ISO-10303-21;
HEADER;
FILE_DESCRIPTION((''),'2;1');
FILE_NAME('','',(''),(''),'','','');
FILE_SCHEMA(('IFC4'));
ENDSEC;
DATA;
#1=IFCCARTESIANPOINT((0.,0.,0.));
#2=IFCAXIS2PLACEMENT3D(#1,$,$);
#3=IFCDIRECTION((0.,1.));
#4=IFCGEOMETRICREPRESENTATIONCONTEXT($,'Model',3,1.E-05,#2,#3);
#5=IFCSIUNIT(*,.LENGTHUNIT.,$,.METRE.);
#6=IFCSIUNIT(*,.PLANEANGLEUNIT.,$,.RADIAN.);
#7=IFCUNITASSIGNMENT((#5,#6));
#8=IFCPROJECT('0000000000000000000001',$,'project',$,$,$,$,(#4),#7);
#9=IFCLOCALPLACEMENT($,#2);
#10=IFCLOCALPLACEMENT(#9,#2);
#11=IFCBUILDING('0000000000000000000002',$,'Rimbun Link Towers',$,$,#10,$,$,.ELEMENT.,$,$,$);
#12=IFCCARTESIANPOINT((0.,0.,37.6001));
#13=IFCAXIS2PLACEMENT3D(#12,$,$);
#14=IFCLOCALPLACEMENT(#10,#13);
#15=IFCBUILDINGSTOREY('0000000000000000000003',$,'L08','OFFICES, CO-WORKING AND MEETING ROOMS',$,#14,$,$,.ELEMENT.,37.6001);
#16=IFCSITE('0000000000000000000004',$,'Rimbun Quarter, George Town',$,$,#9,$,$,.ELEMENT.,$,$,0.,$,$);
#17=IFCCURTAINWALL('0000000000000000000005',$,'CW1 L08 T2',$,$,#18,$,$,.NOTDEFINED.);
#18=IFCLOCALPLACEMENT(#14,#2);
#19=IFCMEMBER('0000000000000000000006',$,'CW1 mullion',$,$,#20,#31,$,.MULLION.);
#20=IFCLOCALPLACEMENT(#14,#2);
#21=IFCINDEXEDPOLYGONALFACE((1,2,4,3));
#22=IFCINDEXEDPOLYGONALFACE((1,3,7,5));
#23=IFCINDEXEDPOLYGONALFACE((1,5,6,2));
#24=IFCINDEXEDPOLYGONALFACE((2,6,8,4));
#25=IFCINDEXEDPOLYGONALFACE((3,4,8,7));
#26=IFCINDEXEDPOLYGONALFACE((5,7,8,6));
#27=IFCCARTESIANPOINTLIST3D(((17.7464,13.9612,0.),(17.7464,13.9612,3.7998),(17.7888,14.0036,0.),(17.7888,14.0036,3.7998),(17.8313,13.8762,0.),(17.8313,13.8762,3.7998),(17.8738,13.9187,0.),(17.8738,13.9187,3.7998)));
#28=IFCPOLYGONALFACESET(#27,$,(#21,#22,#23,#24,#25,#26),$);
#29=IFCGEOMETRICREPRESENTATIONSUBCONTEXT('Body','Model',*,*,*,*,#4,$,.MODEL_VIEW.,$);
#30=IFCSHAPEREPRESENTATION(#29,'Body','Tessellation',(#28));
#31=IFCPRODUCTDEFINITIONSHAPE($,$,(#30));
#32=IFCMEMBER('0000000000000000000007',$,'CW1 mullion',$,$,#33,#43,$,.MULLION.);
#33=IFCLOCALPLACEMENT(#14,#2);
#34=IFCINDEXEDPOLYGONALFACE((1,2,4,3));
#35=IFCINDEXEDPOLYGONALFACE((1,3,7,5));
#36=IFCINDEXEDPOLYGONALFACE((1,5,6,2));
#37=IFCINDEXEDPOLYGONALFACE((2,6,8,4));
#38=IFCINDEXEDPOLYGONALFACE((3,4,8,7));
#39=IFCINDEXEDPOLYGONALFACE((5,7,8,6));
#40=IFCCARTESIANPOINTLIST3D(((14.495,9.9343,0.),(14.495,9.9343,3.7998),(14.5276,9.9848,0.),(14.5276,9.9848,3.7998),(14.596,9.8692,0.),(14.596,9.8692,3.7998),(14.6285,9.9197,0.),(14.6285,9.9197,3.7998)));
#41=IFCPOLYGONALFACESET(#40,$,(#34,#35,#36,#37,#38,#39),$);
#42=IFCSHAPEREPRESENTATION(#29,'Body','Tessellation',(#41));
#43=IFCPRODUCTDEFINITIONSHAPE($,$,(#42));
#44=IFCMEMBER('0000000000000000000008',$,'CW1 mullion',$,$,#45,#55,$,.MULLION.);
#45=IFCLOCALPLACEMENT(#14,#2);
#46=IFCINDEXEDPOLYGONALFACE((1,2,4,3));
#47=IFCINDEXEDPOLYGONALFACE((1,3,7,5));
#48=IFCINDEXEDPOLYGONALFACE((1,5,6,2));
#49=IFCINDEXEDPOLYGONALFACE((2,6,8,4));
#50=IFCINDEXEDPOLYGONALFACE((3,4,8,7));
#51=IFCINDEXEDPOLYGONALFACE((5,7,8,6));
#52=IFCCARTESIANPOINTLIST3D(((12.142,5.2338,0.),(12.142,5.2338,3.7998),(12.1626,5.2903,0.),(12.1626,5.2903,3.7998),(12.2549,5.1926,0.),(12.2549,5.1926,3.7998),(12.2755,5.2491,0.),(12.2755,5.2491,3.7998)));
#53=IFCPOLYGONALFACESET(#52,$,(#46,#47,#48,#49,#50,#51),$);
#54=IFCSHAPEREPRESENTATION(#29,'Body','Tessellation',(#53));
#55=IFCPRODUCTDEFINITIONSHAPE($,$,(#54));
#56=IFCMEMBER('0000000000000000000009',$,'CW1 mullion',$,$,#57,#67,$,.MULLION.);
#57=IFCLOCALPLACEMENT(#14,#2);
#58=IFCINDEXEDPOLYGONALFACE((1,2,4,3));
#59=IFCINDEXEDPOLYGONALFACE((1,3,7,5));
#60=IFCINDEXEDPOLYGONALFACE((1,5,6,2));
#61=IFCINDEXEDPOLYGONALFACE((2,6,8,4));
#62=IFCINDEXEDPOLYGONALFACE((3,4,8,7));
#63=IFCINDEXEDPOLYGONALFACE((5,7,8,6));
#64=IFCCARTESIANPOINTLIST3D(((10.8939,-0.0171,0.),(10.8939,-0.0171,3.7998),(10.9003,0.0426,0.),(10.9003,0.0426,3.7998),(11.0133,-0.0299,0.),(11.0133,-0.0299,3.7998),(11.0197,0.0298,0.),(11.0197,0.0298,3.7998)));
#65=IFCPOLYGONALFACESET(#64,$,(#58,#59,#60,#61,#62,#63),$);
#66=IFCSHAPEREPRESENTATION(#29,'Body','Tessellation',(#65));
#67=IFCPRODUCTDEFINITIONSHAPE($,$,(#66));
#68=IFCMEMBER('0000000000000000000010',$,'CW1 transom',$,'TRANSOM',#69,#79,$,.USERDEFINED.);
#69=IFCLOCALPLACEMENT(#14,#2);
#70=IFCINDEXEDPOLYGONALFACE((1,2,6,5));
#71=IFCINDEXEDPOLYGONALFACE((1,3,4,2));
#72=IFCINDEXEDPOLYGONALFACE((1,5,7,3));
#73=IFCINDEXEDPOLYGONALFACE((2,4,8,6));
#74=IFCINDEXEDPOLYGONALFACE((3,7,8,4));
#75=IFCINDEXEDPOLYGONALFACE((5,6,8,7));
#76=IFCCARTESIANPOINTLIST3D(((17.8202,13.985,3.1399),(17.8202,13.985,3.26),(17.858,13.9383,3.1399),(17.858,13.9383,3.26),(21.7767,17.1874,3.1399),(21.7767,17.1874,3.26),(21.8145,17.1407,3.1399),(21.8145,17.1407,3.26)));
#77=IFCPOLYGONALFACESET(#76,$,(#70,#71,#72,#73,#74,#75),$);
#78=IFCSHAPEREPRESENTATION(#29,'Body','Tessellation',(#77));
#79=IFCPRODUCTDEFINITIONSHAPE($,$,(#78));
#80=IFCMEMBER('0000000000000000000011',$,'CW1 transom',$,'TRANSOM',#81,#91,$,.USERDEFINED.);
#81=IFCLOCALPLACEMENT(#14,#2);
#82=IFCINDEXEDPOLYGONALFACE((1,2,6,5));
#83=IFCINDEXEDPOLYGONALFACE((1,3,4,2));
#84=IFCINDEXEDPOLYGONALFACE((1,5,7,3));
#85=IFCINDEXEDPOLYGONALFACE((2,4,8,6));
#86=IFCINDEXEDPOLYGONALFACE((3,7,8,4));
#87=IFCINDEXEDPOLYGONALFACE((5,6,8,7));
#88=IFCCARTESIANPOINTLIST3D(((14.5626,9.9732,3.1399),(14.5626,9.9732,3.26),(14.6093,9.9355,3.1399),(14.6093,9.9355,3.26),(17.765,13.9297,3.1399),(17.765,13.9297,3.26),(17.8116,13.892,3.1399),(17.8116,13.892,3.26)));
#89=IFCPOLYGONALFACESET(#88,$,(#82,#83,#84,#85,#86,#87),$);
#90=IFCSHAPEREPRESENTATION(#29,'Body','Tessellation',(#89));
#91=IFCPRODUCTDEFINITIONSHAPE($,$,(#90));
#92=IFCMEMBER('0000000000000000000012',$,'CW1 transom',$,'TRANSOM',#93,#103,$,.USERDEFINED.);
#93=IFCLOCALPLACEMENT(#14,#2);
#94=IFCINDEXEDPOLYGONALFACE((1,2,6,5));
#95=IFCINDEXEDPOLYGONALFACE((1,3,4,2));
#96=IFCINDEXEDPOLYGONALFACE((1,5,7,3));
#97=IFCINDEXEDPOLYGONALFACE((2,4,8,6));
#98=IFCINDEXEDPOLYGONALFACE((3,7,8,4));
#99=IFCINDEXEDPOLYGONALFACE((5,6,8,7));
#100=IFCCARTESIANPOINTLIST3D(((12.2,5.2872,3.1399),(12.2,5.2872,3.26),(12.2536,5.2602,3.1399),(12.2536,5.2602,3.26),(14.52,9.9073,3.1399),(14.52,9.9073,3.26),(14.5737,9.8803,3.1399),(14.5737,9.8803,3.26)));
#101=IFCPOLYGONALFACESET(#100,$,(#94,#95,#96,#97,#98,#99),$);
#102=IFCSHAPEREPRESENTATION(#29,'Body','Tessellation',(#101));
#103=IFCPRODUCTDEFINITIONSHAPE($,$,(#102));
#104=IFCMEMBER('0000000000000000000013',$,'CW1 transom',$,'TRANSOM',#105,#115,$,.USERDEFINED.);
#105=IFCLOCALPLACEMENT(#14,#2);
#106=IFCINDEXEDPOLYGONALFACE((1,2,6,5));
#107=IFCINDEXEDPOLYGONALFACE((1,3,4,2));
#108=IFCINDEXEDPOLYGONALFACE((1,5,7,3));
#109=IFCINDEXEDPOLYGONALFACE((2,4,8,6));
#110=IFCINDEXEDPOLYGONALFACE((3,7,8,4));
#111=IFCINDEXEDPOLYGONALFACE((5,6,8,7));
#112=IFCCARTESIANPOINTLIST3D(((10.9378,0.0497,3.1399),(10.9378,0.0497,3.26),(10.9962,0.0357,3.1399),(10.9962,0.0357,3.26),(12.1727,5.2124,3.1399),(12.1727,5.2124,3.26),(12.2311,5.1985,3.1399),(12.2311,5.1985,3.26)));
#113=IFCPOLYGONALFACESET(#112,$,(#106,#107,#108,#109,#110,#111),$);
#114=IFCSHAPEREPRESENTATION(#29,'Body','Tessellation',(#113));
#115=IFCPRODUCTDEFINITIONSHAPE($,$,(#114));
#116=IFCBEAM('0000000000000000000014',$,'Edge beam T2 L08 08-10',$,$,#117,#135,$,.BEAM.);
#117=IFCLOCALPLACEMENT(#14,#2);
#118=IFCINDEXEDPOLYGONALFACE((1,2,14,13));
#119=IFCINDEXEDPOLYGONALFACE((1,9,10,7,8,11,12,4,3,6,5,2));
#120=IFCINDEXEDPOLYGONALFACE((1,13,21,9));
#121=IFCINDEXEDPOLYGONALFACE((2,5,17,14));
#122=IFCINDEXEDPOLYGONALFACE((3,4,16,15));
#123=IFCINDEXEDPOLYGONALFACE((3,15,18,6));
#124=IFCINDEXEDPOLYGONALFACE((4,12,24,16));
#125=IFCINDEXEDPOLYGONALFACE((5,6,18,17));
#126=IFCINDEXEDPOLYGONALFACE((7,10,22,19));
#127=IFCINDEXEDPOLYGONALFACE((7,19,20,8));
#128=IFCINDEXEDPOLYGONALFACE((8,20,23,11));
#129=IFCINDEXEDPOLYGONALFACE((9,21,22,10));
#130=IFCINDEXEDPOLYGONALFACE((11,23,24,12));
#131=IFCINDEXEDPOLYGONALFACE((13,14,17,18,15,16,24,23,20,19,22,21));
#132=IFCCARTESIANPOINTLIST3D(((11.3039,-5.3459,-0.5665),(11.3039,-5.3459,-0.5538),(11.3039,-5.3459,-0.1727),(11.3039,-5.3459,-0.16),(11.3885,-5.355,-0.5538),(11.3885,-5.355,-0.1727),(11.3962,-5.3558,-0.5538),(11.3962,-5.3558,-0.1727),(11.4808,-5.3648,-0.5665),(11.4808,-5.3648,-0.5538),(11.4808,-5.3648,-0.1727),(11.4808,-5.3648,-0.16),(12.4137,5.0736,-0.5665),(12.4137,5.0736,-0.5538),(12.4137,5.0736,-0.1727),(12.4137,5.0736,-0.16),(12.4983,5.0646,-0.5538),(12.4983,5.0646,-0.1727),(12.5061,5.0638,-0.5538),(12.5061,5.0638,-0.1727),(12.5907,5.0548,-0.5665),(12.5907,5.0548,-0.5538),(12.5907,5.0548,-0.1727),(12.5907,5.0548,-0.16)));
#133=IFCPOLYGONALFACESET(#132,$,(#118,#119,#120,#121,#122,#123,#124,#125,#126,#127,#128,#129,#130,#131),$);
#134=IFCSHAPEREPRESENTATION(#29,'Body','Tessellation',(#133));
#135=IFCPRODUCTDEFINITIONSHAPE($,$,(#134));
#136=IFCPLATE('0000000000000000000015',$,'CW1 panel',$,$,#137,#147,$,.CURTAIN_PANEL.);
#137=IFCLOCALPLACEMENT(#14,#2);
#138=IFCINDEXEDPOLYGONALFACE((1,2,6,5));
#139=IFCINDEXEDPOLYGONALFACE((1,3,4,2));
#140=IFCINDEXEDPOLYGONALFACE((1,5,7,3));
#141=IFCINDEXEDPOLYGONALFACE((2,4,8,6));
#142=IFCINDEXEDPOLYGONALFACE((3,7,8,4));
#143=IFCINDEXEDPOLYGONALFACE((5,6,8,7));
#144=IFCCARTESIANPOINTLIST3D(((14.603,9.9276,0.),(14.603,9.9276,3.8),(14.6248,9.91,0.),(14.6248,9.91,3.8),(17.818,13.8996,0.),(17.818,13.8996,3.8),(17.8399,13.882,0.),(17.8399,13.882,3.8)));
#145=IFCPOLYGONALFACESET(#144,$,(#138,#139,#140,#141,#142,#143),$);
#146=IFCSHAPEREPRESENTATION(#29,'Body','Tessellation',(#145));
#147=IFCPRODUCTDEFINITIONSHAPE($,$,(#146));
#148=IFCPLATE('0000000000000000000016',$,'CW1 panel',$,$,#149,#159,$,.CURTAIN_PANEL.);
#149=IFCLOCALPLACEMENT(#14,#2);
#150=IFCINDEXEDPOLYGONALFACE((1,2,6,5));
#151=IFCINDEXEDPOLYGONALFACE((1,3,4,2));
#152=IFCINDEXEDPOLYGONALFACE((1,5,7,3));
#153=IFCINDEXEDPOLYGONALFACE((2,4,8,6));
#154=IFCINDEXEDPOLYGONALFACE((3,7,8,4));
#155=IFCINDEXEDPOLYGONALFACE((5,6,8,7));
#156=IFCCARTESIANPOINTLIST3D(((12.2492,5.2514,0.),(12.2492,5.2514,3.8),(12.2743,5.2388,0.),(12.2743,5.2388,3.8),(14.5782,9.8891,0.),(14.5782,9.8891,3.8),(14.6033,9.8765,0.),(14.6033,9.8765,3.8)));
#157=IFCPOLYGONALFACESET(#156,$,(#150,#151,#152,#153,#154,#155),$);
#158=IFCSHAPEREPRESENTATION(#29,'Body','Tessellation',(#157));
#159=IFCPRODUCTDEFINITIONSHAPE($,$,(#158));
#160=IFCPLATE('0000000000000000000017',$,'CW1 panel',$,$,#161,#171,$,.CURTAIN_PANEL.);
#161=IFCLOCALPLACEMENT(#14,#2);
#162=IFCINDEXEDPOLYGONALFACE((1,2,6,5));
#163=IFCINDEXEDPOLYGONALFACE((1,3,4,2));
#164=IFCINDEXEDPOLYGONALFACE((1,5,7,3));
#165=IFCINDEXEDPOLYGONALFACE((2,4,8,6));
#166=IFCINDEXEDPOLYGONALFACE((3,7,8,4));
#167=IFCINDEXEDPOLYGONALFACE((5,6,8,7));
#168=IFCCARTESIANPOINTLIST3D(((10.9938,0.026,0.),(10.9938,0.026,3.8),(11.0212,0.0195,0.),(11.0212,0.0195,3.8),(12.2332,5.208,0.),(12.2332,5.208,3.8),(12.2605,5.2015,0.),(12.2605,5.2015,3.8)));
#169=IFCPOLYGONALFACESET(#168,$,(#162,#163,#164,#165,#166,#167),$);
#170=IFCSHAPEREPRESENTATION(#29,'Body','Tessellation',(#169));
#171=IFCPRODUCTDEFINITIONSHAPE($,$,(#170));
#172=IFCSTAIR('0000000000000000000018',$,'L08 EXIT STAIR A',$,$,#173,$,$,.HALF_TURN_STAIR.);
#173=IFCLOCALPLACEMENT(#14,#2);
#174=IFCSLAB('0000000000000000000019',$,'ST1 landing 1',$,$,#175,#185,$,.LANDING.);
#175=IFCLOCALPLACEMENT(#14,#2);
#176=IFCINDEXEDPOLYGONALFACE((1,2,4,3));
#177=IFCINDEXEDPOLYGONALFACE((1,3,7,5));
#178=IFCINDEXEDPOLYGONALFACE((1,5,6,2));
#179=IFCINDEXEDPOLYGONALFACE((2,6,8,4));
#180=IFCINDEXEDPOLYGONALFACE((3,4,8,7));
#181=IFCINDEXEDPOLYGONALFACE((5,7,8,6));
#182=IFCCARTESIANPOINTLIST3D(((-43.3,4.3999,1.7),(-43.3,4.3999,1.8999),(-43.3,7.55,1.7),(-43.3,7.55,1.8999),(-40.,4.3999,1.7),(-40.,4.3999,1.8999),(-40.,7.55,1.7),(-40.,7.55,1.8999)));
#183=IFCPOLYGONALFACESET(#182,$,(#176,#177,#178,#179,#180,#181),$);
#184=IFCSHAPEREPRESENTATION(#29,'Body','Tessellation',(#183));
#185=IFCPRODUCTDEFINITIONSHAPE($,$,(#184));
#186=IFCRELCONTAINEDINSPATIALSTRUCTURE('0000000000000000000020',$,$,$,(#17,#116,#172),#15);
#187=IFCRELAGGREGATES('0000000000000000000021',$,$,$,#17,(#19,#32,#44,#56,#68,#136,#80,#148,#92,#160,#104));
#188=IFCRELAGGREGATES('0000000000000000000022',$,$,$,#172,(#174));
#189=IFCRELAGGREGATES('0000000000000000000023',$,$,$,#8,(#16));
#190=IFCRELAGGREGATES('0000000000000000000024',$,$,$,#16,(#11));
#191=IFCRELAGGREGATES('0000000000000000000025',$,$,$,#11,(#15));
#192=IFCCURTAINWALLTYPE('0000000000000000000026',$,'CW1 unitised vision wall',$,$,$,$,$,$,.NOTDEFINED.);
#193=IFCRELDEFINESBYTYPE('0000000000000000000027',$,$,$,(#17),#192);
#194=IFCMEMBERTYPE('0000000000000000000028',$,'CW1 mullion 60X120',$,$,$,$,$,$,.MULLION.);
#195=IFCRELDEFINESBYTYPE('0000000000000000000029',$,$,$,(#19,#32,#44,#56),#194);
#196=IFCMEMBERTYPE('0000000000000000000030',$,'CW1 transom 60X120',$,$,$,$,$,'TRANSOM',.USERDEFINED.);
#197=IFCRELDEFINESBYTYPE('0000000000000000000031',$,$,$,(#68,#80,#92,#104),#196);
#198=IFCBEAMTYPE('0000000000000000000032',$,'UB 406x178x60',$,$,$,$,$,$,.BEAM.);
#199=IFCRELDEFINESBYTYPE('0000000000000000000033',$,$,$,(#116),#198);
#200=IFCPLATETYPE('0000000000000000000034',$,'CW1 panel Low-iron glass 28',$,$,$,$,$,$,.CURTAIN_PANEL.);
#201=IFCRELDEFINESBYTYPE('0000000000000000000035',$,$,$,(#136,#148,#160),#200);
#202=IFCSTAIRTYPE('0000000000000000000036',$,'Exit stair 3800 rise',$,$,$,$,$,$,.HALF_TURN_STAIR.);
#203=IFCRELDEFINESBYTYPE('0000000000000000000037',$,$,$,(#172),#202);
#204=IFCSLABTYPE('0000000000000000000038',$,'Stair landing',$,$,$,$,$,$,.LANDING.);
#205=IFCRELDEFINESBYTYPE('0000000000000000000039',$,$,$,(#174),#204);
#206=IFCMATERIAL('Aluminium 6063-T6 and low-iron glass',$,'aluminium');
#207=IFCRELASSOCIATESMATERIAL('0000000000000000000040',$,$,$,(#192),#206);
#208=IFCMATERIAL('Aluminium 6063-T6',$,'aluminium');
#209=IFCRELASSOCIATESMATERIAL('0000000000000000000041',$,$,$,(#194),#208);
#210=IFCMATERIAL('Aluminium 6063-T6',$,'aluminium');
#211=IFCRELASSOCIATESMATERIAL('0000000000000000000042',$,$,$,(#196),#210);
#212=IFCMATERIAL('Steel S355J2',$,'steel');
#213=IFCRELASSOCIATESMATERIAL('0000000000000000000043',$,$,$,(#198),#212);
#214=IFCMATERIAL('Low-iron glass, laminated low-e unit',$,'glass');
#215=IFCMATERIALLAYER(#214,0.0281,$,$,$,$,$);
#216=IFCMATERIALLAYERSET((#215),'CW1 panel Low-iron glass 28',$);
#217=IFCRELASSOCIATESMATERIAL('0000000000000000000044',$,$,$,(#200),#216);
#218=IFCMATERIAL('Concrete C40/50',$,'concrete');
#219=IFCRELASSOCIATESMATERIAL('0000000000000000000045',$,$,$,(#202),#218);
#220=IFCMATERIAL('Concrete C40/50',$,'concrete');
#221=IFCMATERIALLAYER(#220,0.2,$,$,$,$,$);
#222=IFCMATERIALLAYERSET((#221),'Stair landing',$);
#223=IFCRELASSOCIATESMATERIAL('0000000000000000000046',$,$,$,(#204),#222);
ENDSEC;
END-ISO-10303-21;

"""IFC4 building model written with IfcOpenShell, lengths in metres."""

from ifc_helpers import new_model, si_unit, direction, frame, origin, origin_2d, place, context, subcontext, project, spatial, polyline, rectangle, i_section, outline, extrude, material, layer, layer_set, material_profile, profile_set, type_object, element, aggregate, save


model = new_model("IFC4")

# Units and contexts
model_context = context("Model", 3, precision=1e-05, world=origin(), true_north=direction((0.0, 1.0)))
body_context = subcontext(model_context, "Body", "Model", "MODEL_VIEW")
ifc_project = project(units=[si_unit("LENGTHUNIT", "METRE"), si_unit("PLANEANGLEUNIT", "RADIAN")], contexts=[model_context])

# Site, building, storey
site_placement = place(None, origin())
site = spatial("IfcSite", under=ifc_project, at=site_placement, Name="Rimbun Quarter, George Town", CompositionType="ELEMENT", RefElevation=0.0)
building_placement = place(site_placement, origin())
building = spatial("IfcBuilding", under=site, at=building_placement, Name="Rimbun Link Towers", CompositionType="ELEMENT")
storey_placement = place(building_placement, frame((0.0, 0.0, 37.6001)))
storey = spatial("IfcBuildingStorey", under=building, at=storey_placement, Name="L08", Description="OFFICES, CO-WORKING AND MEETING ROOMS", CompositionType="ELEMENT", Elevation=37.6001)

# Curtain wall, members
ifc_material_1 = material(Name="Aluminium 6063-T6 and low-iron glass", Category="aluminium")
curtain_wall_type = type_object("IfcCurtainWallType", Name="CW1 unitised vision wall", PredefinedType="NOTDEFINED", material=ifc_material_1)
curtain_wall_placement = place(storey_placement, origin())
curtain_wall = element("IfcCurtainWall", 1, at=curtain_wall_placement, inside=storey, type_object=curtain_wall_type, Name="CW1 L08 T2", PredefinedType="NOTDEFINED")
ifc_material_2 = material(Name="Aluminium 6063-T6", Category="aluminium")
ifc_material_profile_1 = material_profile(ifc_material_2, rectangle(XDim=0.1201, YDim=0.0601, at=origin_2d()), Name="MULLION 60X120")
ifc_profile_set_1 = profile_set([ifc_material_profile_1], Name="Aluminium 6063-T6")
member_type_1 = type_object("IfcMemberType", Name="CW1 mullion 60X120", PredefinedType="MULLION", material=ifc_profile_set_1)
member_1_placement = place(storey_placement, frame((17.8101, 13.9399, 0.0), z_axis=(0.0, 0.0, 1.0), x_axis=(-0.707107, 0.707107, 0.0)))
member_1 = element("IfcMember", 2, at=member_1_placement, type_object=member_type_1, Name="CW1 mullion", PredefinedType="MULLION", context=body_context, shape_type="SweptSolid", body=[
    extrude(rectangle(XDim=0.1201, YDim=0.0601, at=origin_2d()), origin(), (0.0, 0.0, 1.0), 3.7998),
])
member_2_placement = place(storey_placement, frame((14.5618, 9.927, 0.0), z_axis=(0.0, 0.0, 1.0), x_axis=(-0.840318, 0.542093, 0.0)))
member_2 = element("IfcMember", 3, at=member_2_placement, type_object=member_type_1, Name="CW1 mullion", PredefinedType="MULLION", context=body_context, shape_type="SweptSolid", body=[
    extrude(rectangle(XDim=0.1201, YDim=0.0601, at=origin_2d()), origin(), (0.0, 0.0, 1.0), 3.7998),
])
member_3_placement = place(storey_placement, frame((12.2087, 5.2415, 0.0), z_axis=(0.0, 0.0, 1.0), x_axis=(-0.939346, 0.342971, 0.0)))
member_3 = element("IfcMember", 4, at=member_3_placement, type_object=member_type_1, Name="CW1 mullion", PredefinedType="MULLION", context=body_context, shape_type="SweptSolid", body=[
    extrude(rectangle(XDim=0.1201, YDim=0.0601, at=origin_2d()), origin(), (0.0, 0.0, 1.0), 3.7998),
])
member_4_placement = place(storey_placement, frame((10.9568, 0.0063, 0.0), z_axis=(0.0, 0.0, 1.0), x_axis=(-0.994297, 0.106645, 0.0)))
member_4 = element("IfcMember", 5, at=member_4_placement, type_object=member_type_1, Name="CW1 mullion", PredefinedType="MULLION", context=body_context, shape_type="SweptSolid", body=[
    extrude(rectangle(XDim=0.1201, YDim=0.0601, at=origin_2d()), origin(), (0.0, 0.0, 1.0), 3.7998),
])
ifc_material_3 = material(Name="Aluminium 6063-T6", Category="aluminium")
ifc_material_profile_2 = material_profile(ifc_material_3, rectangle(XDim=0.0601, YDim=0.1201, at=origin_2d()), Name="TRANSOM 60X120")
ifc_profile_set_2 = profile_set([ifc_material_profile_2], Name="Aluminium 6063-T6")
member_type_2 = type_object("IfcMemberType", Name="CW1 transom 60X120", ElementType="TRANSOM", PredefinedType="USERDEFINED", material=ifc_profile_set_2)
member_5_placement = place(storey_placement, frame((17.8391, 13.9617, 3.2), z_axis=(0.777295, 0.629136, 0.0), x_axis=(-0.629136, 0.777295, 0.0)))
member_5 = element("IfcMember", 6, at=member_5_placement, type_object=member_type_2, Name="CW1 transom", ObjectType="TRANSOM", PredefinedType="USERDEFINED", context=body_context, shape_type="SweptSolid", body=[
    extrude(rectangle(XDim=0.0601, YDim=0.1201, at=origin_2d()), origin(), (0.0, 0.0, 1.0), 5.0901),
])
member_6_placement = place(storey_placement, frame((14.5859, 9.9543, 3.2), z_axis=(0.629136, 0.777295, 0.0), x_axis=(-0.777295, 0.629136, 0.0)))
member_6 = element("IfcMember", 7, at=member_6_placement, type_object=member_type_2, Name="CW1 transom", ObjectType="TRANSOM", PredefinedType="USERDEFINED", context=body_context, shape_type="SweptSolid", body=[
    extrude(rectangle(XDim=0.0601, YDim=0.1201, at=origin_2d()), origin(), (0.0, 0.0, 1.0), 5.0901),
])
member_7_placement = place(storey_placement, frame((12.2268, 5.2737, 3.2), z_axis=(0.448762, 0.893651, 0.0), x_axis=(-0.893651, 0.448762, 0.0)))
member_7 = element("IfcMember", 8, at=member_7_placement, type_object=member_type_2, Name="CW1 transom", ObjectType="TRANSOM", PredefinedType="USERDEFINED", context=body_context, shape_type="SweptSolid", body=[
    extrude(rectangle(XDim=0.0601, YDim=0.1201, at=origin_2d()), origin(), (0.0, 0.0, 1.0), 5.1699),
])
member_8_placement = place(storey_placement, frame((10.967, 0.0427, 3.2), z_axis=(0.232632, 0.972565, 0.0), x_axis=(-0.972565, 0.232632, 0.0)))
member_8 = element("IfcMember", 9, at=member_8_placement, type_object=member_type_2, Name="CW1 transom", ObjectType="TRANSOM", PredefinedType="USERDEFINED", context=body_context, shape_type="SweptSolid", body=[
    extrude(rectangle(XDim=0.0601, YDim=0.1201, at=origin_2d()), origin(), (0.0, 0.0, 1.0), 5.3083),
])

# Beam
ifc_material_4 = material(Name="Steel S355J2", Category="steel")
ifc_material_profile_3 = material_profile(ifc_material_4, i_section(OverallWidth=0.178, OverallDepth=0.4065, WebThickness=0.0078, FlangeThickness=0.0127, at=origin_2d()), Name="UB 406x178x60")
ifc_profile_set_3 = profile_set([ifc_material_profile_3], Name="Steel S355J2")
beam_type = type_object("IfcBeamType", Name="UB 406x178x60", PredefinedType="BEAM", material=ifc_profile_set_3)
beam_placement = place(storey_placement, frame((12.5022, 5.0642, -0.3633), z_axis=(-0.105917, -0.994375, 0.0), x_axis=(0.994375, -0.105917, 0.0)))
element("IfcBeam", 10, at=beam_placement, inside=storey, type_object=beam_type, Name="Edge beam T2 L08 08-10", PredefinedType="BEAM", context=body_context, shape_type="SweptSolid", body=[
    extrude(i_section(OverallWidth=0.178, OverallDepth=0.4065, WebThickness=0.0078, FlangeThickness=0.0127, at=origin_2d()), origin(), (0.0, 0.0, 1.0), 10.4785),
])

# Plates
ifc_material_5 = material(Name="Low-iron glass, laminated low-e unit", Category="glass")
ifc_layer_1 = layer(ifc_material_5, 0.0281)
ifc_layer_set_1 = layer_set([ifc_layer_1], Name="CW1 panel Low-iron glass 28")
plate_type = type_object("IfcPlateType", Name="CW1 panel Low-iron glass 28", PredefinedType="CURTAIN_PANEL", material=ifc_layer_set_1)
plate_1_placement = place(storey_placement, frame((16.2214, 11.9048, 0.0), z_axis=(0.0, 0.0, 1.0), x_axis=(0.629151, 0.777283, 0.0)))
plate_1 = element("IfcPlate", 11, at=plate_1_placement, type_object=plate_type, Name="CW1 panel", PredefinedType="CURTAIN_PANEL", context=body_context, shape_type="SweptSolid", body=[
    extrude(rectangle(XDim=5.1101, YDim=0.0281, at=origin_2d()), origin(), (0.0, 0.0, 1.0), 3.8),
])
plate_2_placement = place(storey_placement, frame((13.4263, 7.564, 0.0), z_axis=(0.0, 0.0, 1.0), x_axis=(0.448773, 0.893646, 0.0)))
plate_2 = element("IfcPlate", 12, at=plate_2_placement, type_object=plate_type, Name="CW1 panel", PredefinedType="CURTAIN_PANEL", context=body_context, shape_type="SweptSolid", body=[
    extrude(rectangle(XDim=5.1897, YDim=0.0281, at=origin_2d()), origin(), (0.0, 0.0, 1.0), 3.8),
])
plate_3_placement = place(storey_placement, frame((11.6272, 2.6138, 0.0), z_axis=(0.0, 0.0, 1.0), x_axis=(0.232613, 0.972569, 0.0)))
plate_3 = element("IfcPlate", 13, at=plate_3_placement, type_object=plate_type, Name="CW1 panel", PredefinedType="CURTAIN_PANEL", context=body_context, shape_type="SweptSolid", body=[
    extrude(rectangle(XDim=5.3281, YDim=0.0281, at=origin_2d()), origin(), (0.0, 0.0, 1.0), 3.8),
])
aggregate(curtain_wall, [member_1, member_2, member_3, member_4, member_5, plate_1, member_6, plate_2, member_7, plate_3, member_8])

# Stair, slab
ifc_material_6 = material(Name="Concrete C40/50", Category="concrete")
stair_type = type_object("IfcStairType", Name="Exit stair 3800 rise", PredefinedType="HALF_TURN_STAIR", material=ifc_material_6)
stair_1_placement = place(storey_placement, origin())
stair_1 = element("IfcStair", 14, at=stair_1_placement, inside=storey, type_object=stair_type, Name="L08 EXIT STAIR A", PredefinedType="HALF_TURN_STAIR")
ifc_material_7 = material(Name="Concrete C40/50", Category="concrete")
ifc_layer_2 = layer(ifc_material_7, 0.2)
ifc_layer_set_2 = layer_set([ifc_layer_2], Name="Stair landing")
slab_type = type_object("IfcSlabType", Name="Stair landing", PredefinedType="LANDING", material=ifc_layer_set_2)
slab_1_placement = place(storey_placement, frame((0.0, 0.0, 1.7)))
slab_1 = element("IfcSlab", 15, at=slab_1_placement, type_object=slab_type, Name="ST1 landing 1", PredefinedType="LANDING", context=body_context, shape_type="SweptSolid", body=[
    extrude(outline(polyline([(-40.0, 7.55), (-43.3, 7.55), (-43.3, 4.3999), (-40.0, 4.3999), (-40.0, 7.55)])), origin(), (0.0, 0.0, 1.0), 0.2),
])
aggregate(stair_1, [slab_1])

save(model, "model.ifc")
